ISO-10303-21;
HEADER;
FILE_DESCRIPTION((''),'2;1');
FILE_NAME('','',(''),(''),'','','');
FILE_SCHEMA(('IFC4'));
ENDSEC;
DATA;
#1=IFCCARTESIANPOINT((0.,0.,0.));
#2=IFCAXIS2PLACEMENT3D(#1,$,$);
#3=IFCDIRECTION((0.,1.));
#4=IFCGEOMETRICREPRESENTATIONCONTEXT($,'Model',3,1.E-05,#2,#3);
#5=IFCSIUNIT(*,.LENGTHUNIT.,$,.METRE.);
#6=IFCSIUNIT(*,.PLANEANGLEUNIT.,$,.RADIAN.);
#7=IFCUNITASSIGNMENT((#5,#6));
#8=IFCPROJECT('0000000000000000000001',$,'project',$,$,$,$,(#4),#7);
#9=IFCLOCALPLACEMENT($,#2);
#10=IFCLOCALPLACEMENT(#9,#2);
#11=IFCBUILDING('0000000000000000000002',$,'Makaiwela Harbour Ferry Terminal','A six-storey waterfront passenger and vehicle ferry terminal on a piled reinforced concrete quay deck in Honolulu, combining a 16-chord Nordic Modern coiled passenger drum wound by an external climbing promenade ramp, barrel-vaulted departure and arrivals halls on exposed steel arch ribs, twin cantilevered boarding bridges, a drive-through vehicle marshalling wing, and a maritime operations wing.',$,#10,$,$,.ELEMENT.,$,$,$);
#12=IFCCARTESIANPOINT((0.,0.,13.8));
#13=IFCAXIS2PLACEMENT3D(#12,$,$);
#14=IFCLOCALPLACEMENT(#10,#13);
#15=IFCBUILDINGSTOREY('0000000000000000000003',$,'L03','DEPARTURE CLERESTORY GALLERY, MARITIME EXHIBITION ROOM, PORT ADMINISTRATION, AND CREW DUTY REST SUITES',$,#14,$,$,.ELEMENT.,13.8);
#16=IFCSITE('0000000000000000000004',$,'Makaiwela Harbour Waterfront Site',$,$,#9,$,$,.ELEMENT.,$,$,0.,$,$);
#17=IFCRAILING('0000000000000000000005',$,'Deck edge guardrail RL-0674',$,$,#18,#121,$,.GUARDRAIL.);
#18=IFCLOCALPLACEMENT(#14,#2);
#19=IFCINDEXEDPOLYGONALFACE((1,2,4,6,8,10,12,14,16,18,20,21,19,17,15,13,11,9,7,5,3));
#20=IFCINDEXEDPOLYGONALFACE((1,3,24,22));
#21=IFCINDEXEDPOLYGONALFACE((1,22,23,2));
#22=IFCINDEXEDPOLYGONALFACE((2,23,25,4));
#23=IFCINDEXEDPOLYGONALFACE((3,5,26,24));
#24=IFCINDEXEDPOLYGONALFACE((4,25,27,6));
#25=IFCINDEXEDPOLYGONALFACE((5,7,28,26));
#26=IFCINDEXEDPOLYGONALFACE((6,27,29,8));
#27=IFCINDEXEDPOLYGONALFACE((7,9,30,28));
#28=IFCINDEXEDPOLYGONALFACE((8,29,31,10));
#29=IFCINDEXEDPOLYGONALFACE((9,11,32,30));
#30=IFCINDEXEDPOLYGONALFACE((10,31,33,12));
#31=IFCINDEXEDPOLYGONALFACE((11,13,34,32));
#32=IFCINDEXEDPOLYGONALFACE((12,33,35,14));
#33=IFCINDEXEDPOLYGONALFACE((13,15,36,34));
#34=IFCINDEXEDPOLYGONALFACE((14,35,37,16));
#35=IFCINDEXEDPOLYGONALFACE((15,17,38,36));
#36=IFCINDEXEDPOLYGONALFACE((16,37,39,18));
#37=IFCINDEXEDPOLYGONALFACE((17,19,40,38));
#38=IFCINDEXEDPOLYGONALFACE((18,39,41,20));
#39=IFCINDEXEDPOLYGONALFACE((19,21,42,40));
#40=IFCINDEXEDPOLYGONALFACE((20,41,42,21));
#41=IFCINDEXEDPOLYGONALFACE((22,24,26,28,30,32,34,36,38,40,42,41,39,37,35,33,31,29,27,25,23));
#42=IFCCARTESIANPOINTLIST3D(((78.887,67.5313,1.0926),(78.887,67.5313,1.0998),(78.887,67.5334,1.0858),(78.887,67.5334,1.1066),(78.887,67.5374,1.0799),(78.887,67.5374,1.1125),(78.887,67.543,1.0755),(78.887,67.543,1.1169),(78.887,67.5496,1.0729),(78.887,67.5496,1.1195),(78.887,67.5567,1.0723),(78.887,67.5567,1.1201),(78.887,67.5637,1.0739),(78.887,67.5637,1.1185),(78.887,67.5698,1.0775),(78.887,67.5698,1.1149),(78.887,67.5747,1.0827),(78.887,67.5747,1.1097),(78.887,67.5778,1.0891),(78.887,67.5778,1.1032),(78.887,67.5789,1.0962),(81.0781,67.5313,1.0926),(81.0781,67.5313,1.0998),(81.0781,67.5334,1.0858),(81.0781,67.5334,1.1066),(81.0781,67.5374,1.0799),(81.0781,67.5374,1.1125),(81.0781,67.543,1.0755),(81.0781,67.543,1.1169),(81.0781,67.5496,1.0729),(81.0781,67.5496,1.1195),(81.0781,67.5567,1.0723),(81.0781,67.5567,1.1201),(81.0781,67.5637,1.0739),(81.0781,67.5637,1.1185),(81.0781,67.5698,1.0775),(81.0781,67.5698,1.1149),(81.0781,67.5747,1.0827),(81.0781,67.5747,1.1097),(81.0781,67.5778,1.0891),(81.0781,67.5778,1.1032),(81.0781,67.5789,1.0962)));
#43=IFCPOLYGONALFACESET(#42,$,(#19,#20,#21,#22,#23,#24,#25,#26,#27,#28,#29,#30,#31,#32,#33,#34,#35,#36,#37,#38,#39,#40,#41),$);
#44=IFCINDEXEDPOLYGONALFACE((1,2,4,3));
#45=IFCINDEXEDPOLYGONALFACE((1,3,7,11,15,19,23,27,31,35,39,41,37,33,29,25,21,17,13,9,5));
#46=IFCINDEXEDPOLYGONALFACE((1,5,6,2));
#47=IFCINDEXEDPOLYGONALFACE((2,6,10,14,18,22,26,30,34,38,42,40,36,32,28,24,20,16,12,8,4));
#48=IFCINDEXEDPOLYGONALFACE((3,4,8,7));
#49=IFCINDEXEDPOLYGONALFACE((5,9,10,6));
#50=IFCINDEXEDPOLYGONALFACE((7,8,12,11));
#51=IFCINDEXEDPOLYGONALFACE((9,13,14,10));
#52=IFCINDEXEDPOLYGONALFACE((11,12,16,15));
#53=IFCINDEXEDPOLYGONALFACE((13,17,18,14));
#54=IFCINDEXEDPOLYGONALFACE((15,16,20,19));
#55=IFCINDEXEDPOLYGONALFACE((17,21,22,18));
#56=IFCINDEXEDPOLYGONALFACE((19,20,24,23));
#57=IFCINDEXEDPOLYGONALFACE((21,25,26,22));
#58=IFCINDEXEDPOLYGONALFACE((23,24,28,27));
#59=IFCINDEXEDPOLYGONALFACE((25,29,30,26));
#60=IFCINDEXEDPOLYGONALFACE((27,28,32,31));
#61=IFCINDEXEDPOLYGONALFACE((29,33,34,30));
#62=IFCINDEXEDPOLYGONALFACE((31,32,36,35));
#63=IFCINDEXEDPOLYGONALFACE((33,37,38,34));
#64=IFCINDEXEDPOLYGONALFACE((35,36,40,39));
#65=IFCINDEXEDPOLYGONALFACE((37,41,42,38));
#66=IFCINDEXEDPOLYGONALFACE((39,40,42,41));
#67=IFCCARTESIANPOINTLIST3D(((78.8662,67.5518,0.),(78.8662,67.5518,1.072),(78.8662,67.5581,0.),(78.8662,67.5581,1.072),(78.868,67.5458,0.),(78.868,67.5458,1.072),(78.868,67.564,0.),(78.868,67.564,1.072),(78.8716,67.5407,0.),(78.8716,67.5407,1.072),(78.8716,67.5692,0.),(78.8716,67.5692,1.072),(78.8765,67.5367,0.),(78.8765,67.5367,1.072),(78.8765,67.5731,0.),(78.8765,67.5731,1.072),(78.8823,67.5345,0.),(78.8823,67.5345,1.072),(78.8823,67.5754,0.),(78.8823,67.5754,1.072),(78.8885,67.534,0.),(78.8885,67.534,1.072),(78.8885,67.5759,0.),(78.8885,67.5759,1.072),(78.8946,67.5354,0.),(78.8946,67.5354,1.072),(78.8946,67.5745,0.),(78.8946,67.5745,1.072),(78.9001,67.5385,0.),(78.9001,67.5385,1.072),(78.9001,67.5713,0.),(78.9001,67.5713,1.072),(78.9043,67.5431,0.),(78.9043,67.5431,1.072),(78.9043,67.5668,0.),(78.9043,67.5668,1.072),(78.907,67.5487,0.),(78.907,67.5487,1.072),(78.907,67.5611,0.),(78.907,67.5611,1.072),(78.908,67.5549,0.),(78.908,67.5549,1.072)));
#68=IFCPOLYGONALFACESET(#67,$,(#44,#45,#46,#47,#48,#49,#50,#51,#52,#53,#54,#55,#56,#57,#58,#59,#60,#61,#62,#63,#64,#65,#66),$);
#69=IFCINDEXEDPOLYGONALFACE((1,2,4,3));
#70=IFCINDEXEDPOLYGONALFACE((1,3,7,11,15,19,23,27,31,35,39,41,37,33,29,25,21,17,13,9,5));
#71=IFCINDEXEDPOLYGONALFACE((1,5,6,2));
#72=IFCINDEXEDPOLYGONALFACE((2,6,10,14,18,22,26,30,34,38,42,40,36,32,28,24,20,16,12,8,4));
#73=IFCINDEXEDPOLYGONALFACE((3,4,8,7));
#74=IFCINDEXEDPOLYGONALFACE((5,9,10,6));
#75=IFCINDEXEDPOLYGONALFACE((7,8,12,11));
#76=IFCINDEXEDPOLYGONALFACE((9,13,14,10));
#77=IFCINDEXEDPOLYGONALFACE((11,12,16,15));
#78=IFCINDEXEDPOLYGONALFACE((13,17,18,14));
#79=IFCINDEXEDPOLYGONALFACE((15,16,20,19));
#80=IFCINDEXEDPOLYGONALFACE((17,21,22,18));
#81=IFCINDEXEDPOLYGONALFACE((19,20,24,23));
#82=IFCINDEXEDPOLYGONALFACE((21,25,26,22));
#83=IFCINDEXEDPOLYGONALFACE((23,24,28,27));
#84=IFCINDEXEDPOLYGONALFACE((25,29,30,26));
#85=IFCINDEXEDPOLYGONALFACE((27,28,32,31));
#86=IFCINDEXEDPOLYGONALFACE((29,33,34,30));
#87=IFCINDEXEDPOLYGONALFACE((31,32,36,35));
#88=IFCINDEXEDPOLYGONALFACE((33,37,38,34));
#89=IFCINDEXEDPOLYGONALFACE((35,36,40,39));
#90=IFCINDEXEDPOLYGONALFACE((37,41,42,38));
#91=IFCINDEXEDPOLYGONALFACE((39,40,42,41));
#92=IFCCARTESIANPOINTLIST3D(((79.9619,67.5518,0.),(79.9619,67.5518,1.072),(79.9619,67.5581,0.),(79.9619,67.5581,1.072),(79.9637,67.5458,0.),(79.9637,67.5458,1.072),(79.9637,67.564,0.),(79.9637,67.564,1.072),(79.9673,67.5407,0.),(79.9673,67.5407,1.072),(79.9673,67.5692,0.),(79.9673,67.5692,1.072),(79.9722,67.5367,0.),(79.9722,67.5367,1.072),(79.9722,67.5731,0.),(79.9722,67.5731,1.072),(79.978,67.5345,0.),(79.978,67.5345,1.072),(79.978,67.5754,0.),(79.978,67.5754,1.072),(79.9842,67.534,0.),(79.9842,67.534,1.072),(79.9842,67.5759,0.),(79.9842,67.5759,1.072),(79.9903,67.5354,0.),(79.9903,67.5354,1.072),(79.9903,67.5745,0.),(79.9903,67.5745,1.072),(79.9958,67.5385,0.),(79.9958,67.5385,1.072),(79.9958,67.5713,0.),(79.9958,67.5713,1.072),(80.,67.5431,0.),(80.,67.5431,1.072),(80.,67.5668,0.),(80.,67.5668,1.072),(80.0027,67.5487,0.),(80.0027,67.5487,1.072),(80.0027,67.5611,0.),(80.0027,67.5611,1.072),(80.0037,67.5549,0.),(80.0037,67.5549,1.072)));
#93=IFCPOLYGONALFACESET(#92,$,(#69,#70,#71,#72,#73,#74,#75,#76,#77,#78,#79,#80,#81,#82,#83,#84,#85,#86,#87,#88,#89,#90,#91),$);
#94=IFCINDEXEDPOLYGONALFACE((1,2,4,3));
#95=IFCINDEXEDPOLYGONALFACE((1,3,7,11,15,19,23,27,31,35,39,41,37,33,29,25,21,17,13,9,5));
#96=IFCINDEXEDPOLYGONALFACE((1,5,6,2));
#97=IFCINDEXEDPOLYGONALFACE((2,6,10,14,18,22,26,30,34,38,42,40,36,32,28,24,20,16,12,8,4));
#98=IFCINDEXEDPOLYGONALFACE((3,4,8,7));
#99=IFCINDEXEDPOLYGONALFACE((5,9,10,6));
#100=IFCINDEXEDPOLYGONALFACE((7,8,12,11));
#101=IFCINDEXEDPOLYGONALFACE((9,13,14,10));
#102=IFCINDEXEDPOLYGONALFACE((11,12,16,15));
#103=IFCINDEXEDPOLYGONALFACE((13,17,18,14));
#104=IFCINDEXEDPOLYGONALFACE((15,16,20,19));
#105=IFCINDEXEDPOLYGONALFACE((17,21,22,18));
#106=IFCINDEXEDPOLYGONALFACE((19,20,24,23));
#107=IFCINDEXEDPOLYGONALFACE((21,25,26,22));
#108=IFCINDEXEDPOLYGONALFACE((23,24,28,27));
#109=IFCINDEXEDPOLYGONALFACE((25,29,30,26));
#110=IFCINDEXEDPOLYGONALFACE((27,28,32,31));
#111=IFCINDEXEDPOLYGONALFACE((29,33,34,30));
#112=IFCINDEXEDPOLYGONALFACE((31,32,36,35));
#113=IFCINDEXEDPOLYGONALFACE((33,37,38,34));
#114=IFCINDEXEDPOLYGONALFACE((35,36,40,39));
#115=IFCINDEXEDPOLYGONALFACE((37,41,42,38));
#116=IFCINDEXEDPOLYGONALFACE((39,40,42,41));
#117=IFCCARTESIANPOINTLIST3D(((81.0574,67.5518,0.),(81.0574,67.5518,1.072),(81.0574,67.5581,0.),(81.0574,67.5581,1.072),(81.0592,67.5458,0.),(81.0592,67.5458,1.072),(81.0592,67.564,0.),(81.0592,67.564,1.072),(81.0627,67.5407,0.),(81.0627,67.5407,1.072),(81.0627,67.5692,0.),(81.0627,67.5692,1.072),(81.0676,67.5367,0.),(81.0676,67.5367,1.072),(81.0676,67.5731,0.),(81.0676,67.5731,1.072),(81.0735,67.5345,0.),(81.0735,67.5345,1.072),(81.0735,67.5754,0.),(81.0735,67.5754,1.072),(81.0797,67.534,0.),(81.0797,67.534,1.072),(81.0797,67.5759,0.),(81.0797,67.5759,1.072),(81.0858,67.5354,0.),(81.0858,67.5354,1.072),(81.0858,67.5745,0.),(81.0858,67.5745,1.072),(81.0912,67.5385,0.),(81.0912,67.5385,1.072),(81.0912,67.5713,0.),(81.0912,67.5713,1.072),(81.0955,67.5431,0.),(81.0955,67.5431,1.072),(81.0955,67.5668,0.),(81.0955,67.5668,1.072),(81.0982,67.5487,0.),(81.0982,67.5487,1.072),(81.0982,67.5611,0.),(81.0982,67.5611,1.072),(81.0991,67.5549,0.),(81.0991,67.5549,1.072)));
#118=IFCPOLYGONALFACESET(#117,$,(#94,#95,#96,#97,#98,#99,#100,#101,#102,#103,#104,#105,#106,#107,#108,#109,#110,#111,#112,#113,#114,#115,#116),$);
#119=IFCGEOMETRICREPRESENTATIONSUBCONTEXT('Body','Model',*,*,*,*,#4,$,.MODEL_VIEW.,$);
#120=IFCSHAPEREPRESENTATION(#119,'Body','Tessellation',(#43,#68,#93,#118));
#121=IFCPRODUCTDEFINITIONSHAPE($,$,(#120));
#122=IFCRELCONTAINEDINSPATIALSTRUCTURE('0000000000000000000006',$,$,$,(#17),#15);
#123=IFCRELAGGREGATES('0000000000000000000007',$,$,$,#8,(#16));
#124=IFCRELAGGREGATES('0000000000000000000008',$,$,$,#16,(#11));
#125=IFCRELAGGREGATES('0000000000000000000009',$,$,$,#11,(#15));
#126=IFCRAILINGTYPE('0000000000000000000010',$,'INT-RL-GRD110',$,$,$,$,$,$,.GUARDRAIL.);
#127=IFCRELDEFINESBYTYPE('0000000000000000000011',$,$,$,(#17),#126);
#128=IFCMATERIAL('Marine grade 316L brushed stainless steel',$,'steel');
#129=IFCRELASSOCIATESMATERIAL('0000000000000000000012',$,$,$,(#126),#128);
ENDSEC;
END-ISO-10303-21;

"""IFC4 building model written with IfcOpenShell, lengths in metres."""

from ifc_helpers import new_model, si_unit, direction, frame, origin, origin_2d, place, context, subcontext, project, spatial, circle, extrude, material, type_object, element, save


model = new_model("IFC4")

# Units and contexts
model_context = context("Model", 3, precision=1e-05, world=origin(), true_north=direction((0.0, 1.0)))
body_context = subcontext(model_context, "Body", "Model", "MODEL_VIEW")
ifc_project = project(units=[si_unit("LENGTHUNIT", "METRE"), si_unit("PLANEANGLEUNIT", "RADIAN")], contexts=[model_context])

# Site, building, storey
site_placement = place(None, origin())
site = spatial("IfcSite", under=ifc_project, at=site_placement, Name="Makaiwela Harbour Waterfront Site", CompositionType="ELEMENT", RefElevation=0.0)
building_placement = place(site_placement, origin())
building = spatial("IfcBuilding", under=site, at=building_placement, Name="Makaiwela Harbour Ferry Terminal", Description="A six-storey waterfront passenger and vehicle ferry terminal on a piled reinforced concrete quay deck in Honolulu, combining a 16-chord Nordic Modern coiled passenger drum wound by an external climbing promenade ramp, barrel-vaulted departure and arrivals halls on exposed steel arch ribs, twin cantilevered boarding bridges, a drive-through vehicle marshalling wing, and a maritime operations wing.", CompositionType="ELEMENT")
storey_placement = place(building_placement, frame((0.0, 0.0, 13.8)))
storey = spatial("IfcBuildingStorey", under=building, at=storey_placement, Name="L03", Description="DEPARTURE CLERESTORY GALLERY, MARITIME EXHIBITION ROOM, PORT ADMINISTRATION, AND CREW DUTY REST SUITES", CompositionType="ELEMENT", Elevation=13.8)

# Railing
ifc_material_1 = material(Name="Marine grade 316L brushed stainless steel", Category="steel")
railing_type = type_object("IfcRailingType", Name="INT-RL-GRD110", PredefinedType="GUARDRAIL", material=ifc_material_1)
railing_1_placement = place(storey_placement, frame((78.887, 67.5549, 0.0)))
element("IfcRailing", 1, at=railing_1_placement, inside=storey, type_object=railing_type, Name="Deck edge guardrail RL-0674", PredefinedType="GUARDRAIL", context=body_context, shape_type="SweptSolid", body=[
    extrude(circle(Radius=0.0239, at=origin_2d()), frame((0.0, 0.0, 1.0962), z_axis=(1.0, 0.0, 0.0), x_axis=(0.0, 1.0, 0.0)), (0.0, 0.0, 1.0), 2.1912),
    extrude(circle(Radius=0.021, at=origin_2d()), origin(), (0.0, 0.0, 1.0), 1.072),
    extrude(circle(Radius=0.021, at=origin_2d()), frame((1.0957, 0.0, 0.0)), (0.0, 0.0, 1.0), 1.072),
    extrude(circle(Radius=0.021, at=origin_2d()), frame((2.1912, 0.0, 0.0)), (0.0, 0.0, 1.0), 1.072),
])

save(model, "model.ifc")
